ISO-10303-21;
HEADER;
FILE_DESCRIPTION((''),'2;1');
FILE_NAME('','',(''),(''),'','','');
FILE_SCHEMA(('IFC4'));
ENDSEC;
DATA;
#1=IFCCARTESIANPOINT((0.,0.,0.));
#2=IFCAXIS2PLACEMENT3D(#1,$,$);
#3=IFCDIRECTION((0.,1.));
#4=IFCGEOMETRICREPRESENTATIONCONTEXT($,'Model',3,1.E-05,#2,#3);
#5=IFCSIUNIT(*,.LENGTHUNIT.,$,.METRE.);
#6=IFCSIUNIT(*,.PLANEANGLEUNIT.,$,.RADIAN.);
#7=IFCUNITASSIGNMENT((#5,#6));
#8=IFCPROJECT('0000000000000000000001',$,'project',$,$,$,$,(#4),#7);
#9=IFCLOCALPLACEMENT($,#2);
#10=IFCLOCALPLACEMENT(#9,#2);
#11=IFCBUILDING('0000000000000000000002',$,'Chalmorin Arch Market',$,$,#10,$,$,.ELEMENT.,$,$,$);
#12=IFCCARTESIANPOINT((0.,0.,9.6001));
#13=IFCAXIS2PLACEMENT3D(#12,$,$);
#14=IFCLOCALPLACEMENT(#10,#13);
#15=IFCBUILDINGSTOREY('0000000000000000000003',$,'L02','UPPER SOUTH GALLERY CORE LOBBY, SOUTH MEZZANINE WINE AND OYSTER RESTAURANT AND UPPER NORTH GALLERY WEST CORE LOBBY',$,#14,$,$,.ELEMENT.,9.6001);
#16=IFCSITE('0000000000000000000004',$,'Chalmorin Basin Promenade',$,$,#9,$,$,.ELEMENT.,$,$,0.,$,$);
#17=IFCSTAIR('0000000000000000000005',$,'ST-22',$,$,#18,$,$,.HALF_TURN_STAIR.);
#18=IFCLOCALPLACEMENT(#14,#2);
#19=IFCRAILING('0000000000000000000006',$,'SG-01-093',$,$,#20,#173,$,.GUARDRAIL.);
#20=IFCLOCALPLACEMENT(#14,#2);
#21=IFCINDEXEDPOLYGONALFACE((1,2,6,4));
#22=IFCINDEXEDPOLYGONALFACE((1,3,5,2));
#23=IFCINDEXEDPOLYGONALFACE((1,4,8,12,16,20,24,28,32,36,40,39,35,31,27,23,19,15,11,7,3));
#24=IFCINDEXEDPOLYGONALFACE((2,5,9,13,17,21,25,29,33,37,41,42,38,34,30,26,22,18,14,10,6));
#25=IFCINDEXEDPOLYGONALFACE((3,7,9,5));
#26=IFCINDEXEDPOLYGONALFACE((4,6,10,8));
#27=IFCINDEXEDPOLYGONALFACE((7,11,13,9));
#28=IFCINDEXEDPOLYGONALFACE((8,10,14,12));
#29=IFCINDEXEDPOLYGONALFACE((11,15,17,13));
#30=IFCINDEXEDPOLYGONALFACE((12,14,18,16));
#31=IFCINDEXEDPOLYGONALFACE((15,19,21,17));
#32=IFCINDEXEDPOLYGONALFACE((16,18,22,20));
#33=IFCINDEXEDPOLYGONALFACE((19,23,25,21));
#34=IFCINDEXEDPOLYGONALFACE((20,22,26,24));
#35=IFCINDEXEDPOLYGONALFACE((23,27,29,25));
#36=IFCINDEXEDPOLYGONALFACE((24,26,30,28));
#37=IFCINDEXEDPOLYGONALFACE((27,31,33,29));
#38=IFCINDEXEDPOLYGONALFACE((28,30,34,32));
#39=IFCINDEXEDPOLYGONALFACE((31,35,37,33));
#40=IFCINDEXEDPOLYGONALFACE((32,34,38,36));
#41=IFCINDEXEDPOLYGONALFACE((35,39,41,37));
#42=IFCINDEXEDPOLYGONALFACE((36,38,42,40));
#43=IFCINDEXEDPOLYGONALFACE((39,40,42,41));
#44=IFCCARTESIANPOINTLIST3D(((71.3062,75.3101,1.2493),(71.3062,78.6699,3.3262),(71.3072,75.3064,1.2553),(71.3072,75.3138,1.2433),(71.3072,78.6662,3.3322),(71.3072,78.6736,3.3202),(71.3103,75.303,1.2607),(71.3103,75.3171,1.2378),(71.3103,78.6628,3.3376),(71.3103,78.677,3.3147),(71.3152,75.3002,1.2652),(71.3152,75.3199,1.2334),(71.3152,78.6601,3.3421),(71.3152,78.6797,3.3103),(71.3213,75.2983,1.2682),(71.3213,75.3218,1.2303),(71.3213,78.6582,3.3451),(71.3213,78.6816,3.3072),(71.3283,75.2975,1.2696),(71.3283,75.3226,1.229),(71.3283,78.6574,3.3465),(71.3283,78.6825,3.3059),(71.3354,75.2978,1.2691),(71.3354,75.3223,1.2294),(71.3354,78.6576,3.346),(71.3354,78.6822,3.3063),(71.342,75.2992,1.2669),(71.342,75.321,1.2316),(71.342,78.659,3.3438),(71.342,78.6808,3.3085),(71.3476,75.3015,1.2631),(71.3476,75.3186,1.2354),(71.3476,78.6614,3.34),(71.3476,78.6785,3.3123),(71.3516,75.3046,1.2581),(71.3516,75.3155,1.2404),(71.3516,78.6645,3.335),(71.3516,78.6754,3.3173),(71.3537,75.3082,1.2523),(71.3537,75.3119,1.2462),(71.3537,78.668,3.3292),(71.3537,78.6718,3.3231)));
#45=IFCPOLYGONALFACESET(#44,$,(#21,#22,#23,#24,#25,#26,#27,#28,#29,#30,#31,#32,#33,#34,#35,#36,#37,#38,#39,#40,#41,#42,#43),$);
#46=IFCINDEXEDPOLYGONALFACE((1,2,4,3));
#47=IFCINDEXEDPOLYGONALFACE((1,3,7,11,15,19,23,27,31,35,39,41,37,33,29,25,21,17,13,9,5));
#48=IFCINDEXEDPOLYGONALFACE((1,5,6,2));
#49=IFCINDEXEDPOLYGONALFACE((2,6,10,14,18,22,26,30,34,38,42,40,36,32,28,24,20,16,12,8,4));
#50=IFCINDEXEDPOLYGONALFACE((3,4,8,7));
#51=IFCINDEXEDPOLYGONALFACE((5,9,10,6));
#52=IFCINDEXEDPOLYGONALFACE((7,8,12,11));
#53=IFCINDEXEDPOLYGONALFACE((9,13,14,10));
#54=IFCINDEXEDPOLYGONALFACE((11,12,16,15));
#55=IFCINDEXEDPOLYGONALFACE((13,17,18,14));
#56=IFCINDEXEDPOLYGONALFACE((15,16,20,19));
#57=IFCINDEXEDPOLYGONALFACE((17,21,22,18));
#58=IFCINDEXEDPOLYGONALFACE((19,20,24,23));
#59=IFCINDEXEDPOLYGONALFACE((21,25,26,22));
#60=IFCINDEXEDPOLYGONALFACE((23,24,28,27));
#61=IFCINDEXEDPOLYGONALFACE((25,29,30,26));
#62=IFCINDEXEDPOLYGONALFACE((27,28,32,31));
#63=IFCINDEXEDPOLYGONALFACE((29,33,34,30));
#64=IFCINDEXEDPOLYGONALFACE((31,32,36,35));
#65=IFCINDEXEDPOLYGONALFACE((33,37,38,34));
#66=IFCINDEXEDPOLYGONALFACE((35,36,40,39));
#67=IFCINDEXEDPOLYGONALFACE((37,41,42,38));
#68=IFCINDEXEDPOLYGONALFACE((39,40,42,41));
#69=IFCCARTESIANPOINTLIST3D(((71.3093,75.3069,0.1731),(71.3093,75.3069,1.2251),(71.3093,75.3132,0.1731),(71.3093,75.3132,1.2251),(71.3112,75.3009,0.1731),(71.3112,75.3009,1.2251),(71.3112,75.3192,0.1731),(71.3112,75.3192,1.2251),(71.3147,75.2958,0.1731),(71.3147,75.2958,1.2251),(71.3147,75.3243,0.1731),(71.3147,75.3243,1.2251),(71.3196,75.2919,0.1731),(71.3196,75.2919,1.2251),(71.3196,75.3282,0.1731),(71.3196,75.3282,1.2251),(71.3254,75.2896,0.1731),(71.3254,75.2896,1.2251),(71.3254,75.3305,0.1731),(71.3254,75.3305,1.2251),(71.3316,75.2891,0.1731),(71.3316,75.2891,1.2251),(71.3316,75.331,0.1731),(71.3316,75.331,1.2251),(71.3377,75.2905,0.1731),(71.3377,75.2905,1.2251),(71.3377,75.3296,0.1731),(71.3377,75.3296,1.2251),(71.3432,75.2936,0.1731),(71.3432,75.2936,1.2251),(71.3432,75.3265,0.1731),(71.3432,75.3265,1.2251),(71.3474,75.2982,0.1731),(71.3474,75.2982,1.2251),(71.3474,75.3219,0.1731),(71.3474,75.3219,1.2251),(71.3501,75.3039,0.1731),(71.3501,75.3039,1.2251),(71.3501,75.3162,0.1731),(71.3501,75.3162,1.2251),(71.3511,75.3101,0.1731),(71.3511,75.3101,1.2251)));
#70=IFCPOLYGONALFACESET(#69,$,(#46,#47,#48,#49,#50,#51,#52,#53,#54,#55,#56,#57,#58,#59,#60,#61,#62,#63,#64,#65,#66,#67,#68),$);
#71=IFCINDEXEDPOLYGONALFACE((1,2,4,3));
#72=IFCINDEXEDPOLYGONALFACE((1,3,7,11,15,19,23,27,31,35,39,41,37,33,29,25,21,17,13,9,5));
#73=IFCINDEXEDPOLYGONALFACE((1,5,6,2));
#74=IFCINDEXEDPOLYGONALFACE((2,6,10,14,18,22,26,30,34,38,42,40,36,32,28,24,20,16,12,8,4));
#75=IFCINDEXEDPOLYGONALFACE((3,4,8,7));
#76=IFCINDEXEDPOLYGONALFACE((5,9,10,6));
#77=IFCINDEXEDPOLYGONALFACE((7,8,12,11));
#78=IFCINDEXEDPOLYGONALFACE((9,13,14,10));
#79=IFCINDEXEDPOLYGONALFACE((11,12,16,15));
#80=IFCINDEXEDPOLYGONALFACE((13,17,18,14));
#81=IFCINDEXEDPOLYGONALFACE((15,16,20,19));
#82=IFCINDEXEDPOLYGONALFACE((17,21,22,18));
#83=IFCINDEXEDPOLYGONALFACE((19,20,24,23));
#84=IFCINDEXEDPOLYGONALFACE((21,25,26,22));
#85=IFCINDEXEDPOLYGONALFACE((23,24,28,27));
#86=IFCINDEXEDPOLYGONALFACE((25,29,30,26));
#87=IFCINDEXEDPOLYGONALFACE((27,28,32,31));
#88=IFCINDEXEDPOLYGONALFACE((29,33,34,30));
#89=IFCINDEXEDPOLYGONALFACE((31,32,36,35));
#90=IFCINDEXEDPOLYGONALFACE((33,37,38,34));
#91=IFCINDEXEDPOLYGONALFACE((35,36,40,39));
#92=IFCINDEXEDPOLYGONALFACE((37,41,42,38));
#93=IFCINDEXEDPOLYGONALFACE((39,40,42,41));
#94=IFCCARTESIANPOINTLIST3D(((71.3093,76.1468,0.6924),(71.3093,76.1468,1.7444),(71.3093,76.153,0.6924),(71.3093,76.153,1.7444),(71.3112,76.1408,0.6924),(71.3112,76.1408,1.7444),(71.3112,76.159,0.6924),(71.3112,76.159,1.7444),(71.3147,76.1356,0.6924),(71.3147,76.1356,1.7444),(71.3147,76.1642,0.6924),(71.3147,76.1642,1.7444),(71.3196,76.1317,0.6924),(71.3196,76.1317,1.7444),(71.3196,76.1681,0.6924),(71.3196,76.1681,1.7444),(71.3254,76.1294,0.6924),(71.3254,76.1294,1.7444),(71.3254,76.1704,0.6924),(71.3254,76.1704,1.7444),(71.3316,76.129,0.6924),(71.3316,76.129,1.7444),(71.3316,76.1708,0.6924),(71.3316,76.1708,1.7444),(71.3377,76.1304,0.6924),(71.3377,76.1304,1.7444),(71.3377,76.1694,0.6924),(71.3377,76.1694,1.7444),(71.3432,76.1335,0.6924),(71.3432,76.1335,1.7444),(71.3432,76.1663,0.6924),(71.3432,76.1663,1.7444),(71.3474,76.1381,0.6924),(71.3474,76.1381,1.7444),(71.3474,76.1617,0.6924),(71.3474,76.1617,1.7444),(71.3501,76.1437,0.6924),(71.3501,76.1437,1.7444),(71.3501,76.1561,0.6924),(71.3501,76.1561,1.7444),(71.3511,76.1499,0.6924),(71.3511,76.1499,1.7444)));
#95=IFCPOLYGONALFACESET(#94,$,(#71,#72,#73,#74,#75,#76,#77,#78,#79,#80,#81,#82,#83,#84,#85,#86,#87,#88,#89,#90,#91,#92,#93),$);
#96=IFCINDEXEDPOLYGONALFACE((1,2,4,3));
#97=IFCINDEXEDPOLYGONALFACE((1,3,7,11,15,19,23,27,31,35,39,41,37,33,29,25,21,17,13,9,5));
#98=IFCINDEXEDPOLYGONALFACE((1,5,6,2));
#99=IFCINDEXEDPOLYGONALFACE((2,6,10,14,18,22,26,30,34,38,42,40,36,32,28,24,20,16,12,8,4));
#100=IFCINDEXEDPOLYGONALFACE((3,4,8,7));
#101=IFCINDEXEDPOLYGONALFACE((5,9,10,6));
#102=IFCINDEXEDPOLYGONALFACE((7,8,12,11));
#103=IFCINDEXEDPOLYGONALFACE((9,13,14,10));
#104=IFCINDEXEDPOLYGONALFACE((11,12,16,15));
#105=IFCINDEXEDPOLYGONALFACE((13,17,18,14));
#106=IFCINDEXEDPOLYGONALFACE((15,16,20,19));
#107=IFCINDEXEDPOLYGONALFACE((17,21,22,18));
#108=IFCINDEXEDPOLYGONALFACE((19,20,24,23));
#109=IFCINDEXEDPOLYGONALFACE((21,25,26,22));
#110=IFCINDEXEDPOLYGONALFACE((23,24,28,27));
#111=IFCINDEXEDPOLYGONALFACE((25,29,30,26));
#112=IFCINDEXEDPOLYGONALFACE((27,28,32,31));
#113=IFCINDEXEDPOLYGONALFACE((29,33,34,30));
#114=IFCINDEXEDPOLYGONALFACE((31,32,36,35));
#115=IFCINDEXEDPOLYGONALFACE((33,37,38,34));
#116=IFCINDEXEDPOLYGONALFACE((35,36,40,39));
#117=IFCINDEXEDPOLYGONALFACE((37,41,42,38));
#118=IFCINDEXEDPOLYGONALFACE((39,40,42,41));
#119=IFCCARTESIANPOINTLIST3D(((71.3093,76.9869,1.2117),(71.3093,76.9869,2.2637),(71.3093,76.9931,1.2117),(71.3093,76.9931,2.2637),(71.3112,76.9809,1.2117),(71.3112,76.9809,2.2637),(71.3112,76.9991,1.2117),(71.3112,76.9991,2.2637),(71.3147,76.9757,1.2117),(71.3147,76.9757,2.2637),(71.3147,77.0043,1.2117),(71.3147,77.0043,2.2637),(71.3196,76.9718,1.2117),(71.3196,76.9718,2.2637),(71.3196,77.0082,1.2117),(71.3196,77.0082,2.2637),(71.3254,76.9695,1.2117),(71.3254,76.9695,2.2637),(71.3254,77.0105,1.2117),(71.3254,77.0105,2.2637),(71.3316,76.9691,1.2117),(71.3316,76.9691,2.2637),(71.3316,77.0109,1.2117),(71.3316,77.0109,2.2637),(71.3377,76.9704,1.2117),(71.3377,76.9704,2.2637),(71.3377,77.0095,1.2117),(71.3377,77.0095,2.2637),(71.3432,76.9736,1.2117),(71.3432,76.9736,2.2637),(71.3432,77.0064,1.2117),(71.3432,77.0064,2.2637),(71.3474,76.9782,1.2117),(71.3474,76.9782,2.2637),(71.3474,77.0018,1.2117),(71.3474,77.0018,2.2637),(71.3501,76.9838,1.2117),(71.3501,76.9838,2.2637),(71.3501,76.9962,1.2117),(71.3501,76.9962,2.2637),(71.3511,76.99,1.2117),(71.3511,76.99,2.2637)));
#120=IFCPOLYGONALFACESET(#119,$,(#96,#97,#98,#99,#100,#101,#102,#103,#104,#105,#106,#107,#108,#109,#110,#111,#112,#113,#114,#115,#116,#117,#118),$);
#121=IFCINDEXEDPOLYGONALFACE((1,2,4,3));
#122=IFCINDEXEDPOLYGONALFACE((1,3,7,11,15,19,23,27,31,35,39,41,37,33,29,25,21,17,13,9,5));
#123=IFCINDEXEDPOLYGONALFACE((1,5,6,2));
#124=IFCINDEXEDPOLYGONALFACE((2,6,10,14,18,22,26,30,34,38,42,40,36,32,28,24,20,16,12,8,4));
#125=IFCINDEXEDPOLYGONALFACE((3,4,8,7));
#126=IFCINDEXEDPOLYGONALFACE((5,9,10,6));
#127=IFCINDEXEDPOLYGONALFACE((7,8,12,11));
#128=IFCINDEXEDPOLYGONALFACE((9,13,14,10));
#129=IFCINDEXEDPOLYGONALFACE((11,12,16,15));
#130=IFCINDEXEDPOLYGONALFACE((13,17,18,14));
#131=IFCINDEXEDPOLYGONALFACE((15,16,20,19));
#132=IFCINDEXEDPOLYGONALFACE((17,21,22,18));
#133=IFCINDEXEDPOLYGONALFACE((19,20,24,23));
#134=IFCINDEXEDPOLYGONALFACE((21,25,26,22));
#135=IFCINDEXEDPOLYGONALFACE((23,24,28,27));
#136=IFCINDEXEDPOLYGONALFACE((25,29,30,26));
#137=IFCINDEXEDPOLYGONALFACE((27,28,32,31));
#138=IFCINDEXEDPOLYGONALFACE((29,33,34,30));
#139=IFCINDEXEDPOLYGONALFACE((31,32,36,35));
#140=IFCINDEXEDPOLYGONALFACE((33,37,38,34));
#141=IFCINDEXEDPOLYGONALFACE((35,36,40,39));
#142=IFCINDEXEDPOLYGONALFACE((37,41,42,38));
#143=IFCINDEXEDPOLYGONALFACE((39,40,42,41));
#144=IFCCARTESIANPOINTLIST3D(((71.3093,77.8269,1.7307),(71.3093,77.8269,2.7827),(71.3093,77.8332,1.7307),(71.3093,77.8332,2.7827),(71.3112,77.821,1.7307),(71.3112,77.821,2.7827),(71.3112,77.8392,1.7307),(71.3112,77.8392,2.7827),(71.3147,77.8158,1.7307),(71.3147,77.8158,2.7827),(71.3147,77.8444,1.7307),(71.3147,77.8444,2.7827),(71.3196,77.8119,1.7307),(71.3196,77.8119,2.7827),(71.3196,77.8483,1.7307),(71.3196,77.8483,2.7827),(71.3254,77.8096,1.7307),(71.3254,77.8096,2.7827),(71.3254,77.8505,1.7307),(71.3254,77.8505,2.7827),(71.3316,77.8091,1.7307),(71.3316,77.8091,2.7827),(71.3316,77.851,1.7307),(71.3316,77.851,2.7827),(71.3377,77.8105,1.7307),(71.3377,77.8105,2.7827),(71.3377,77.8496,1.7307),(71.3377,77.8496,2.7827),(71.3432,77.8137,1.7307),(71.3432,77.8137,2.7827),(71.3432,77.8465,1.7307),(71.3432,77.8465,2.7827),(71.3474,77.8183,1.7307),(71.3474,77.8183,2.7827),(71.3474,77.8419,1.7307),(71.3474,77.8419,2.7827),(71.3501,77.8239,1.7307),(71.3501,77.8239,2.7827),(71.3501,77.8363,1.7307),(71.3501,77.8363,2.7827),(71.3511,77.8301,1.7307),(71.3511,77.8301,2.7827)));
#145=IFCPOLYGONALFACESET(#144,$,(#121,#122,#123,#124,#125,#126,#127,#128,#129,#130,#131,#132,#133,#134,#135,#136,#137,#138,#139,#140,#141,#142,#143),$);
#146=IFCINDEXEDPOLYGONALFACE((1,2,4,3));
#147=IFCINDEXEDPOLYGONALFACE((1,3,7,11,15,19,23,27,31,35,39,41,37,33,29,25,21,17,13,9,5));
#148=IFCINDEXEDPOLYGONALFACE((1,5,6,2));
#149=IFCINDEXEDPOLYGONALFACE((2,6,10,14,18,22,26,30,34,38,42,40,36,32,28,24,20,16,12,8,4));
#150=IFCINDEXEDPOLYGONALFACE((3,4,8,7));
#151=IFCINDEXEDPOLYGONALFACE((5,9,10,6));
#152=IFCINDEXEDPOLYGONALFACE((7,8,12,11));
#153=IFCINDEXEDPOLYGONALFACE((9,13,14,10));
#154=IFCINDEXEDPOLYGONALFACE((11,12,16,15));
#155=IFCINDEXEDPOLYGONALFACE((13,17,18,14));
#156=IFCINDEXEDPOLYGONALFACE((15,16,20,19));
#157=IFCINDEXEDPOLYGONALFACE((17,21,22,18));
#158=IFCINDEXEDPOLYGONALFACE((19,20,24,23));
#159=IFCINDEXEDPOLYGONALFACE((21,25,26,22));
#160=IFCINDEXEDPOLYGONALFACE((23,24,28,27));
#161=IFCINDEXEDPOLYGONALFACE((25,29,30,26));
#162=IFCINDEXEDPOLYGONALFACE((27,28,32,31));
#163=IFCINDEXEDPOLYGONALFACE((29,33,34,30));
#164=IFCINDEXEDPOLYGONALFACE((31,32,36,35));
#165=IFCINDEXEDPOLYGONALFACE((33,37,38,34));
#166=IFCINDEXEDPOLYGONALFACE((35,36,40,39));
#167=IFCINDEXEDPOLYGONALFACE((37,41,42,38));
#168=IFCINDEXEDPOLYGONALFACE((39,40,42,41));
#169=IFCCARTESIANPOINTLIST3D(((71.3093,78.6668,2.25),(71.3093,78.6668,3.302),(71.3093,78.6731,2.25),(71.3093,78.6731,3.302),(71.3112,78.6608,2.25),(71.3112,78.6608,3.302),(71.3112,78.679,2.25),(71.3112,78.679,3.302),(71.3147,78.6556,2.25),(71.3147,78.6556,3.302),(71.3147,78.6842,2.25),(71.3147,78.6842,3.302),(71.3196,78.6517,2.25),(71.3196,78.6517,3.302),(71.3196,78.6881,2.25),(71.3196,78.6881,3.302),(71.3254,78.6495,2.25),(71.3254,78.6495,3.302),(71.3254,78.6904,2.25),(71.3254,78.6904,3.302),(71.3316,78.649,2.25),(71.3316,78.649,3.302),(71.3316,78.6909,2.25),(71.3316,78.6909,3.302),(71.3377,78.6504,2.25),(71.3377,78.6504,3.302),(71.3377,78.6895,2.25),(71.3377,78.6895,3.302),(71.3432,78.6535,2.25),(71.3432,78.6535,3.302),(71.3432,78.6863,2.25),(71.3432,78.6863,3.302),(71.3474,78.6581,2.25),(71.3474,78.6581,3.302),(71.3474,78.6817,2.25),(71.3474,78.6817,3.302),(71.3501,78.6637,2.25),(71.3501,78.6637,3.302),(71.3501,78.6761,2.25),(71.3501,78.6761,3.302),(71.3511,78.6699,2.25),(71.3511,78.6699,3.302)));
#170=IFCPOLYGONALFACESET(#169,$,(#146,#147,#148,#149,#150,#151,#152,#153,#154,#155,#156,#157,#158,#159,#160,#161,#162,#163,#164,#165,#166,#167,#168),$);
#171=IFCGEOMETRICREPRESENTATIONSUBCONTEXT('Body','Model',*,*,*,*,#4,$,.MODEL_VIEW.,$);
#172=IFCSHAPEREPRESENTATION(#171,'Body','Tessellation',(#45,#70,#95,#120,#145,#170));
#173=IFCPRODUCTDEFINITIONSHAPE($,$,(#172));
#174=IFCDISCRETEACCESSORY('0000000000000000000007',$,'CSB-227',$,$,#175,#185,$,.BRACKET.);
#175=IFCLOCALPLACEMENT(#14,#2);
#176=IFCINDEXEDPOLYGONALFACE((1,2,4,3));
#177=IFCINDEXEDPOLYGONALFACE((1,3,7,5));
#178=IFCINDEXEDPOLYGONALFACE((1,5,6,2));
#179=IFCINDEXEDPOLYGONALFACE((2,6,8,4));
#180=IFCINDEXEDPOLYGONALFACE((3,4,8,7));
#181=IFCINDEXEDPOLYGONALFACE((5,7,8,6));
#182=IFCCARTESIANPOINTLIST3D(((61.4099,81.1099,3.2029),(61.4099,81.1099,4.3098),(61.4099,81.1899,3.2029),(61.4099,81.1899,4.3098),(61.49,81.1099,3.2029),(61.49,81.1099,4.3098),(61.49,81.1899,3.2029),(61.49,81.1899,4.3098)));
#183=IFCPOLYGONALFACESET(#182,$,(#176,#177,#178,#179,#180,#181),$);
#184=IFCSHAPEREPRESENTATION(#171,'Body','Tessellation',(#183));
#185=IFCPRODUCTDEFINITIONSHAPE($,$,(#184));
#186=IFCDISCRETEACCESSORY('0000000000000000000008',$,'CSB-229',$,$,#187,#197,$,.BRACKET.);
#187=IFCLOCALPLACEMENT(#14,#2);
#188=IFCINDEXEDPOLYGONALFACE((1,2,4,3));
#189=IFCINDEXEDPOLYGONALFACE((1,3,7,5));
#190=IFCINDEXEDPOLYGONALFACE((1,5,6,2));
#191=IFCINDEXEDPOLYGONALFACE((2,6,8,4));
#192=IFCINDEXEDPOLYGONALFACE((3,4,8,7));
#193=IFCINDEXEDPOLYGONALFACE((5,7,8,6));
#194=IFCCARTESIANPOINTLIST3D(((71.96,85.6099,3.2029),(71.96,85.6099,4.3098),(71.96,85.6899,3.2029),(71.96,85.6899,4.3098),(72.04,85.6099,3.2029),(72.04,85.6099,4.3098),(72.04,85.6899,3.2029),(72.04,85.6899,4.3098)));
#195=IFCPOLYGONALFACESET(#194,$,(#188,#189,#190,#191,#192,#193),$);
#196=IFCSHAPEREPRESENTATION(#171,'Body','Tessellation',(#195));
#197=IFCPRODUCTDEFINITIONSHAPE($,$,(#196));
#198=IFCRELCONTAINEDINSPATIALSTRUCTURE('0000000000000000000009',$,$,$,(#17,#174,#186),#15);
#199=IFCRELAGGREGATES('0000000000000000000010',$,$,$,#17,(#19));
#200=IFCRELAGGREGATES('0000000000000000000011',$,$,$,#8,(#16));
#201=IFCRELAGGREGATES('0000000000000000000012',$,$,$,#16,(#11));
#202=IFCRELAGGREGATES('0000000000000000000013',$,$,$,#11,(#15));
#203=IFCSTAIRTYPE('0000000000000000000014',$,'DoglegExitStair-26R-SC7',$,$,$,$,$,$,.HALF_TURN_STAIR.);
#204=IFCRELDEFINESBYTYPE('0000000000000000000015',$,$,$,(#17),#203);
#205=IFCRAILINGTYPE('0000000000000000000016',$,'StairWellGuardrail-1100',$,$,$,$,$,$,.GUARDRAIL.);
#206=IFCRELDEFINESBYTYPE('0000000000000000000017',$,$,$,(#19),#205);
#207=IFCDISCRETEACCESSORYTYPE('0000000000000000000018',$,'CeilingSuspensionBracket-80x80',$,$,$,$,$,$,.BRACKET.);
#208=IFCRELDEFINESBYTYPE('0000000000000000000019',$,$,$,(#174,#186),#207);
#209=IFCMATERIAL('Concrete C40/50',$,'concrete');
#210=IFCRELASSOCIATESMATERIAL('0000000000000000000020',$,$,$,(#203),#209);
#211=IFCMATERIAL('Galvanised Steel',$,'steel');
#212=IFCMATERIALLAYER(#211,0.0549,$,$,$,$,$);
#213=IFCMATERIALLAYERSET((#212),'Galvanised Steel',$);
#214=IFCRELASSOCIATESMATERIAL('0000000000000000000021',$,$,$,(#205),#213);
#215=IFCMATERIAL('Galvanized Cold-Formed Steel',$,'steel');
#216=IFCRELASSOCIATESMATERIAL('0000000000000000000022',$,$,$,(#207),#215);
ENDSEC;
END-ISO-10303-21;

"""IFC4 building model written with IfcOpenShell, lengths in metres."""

from ifc_helpers import new_model, si_unit, direction, frame, origin, origin_2d, place, context, subcontext, project, spatial, rectangle, circle, extrude, material, layer, layer_set, type_object, element, aggregate, save


model = new_model("IFC4")

# Units and contexts
model_context = context("Model", 3, precision=1e-05, world=origin(), true_north=direction((0.0, 1.0)))
body_context = subcontext(model_context, "Body", "Model", "MODEL_VIEW")
ifc_project = project(units=[si_unit("LENGTHUNIT", "METRE"), si_unit("PLANEANGLEUNIT", "RADIAN")], contexts=[model_context])

# Site, building, storey
site_placement = place(None, origin())
site = spatial("IfcSite", under=ifc_project, at=site_placement, Name="Chalmorin Basin Promenade", CompositionType="ELEMENT", RefElevation=0.0)
building_placement = place(site_placement, origin())
building = spatial("IfcBuilding", under=site, at=building_placement, Name="Chalmorin Arch Market", CompositionType="ELEMENT")
storey_placement = place(building_placement, frame((0.0, 0.0, 9.6001)))
storey = spatial("IfcBuildingStorey", under=building, at=storey_placement, Name="L02", Description="UPPER SOUTH GALLERY CORE LOBBY, SOUTH MEZZANINE WINE AND OYSTER RESTAURANT AND UPPER NORTH GALLERY WEST CORE LOBBY", CompositionType="ELEMENT", Elevation=9.6001)

# Shared definitions
ifc_material_1 = material(Name="Concrete C40/50", Category="concrete")

# Stair, railing
stair_type = type_object("IfcStairType", Name="DoglegExitStair-26R-SC7", PredefinedType="HALF_TURN_STAIR", material=ifc_material_1)
stair_placement = place(storey_placement, origin())
stair = element("IfcStair", 1, at=stair_placement, inside=storey, type_object=stair_type, Name="ST-22", PredefinedType="HALF_TURN_STAIR")
ifc_material_2 = material(Name="Galvanised Steel", Category="steel")
ifc_layer_1 = layer(ifc_material_2, 0.0549)
ifc_layer_set_1 = layer_set([ifc_layer_1], Name="Galvanised Steel")
railing_type_1 = type_object("IfcRailingType", Name="StairWellGuardrail-1100", PredefinedType="GUARDRAIL", material=ifc_layer_set_1)
railing_1_placement = place(storey_placement, frame((71.3301, 75.3101, 0.1731)))
railing_1 = element("IfcRailing", 2, at=railing_1_placement, type_object=railing_type_1, Name="SG-01-093", PredefinedType="GUARDRAIL", context=body_context, shape_type="SweptSolid", body=[
    extrude(circle(Radius=0.0239, at=origin_2d()), frame((0.0, 0.0, 1.0762), z_axis=(0.0, 0.850606, 0.525803), x_axis=(-1.0, 0.0, 0.0)), (0.0, 0.0, 1.0), 3.95),
    extrude(circle(Radius=0.021, at=origin_2d()), origin(), (0.0, 0.0, 1.0), 1.052),
    extrude(circle(Radius=0.021, at=origin_2d()), frame((0.0, 0.8398, 0.5193)), (0.0, 0.0, 1.0), 1.052),
    extrude(circle(Radius=0.021, at=origin_2d()), frame((0.0, 1.6799, 1.0386)), (0.0, 0.0, 1.0), 1.052),
    extrude(circle(Radius=0.021, at=origin_2d()), frame((0.0, 2.52, 1.5576)), (0.0, 0.0, 1.0), 1.052),
    extrude(circle(Radius=0.021, at=origin_2d()), frame((0.0, 3.3599, 2.0769)), (0.0, 0.0, 1.0), 1.052),
])
aggregate(stair, [railing_1])

# Discrete accessories
ifc_material_3 = material(Name="Galvanized Cold-Formed Steel", Category="steel")
discrete_accessory_type = type_object("IfcDiscreteAccessoryType", Name="CeilingSuspensionBracket-80x80", PredefinedType="BRACKET", material=ifc_material_3)
for number, where, z_axis, x_axis, name in (
    (3, (61.45, 81.1499, 3.2029), (0.0, 0.0, 1.0), (1.0, 0.0, 0.0), "CSB-227"),
    (4, (72.0, 85.6499, 3.2029), (0.0, 0.0, 1.0), (1.0, 0.0, 0.0), "CSB-229"),
):
    element("IfcDiscreteAccessory", number, at=place(storey_placement, frame(where, z_axis=z_axis, x_axis=x_axis)), inside=storey, type_object=discrete_accessory_type, Name=name, PredefinedType="BRACKET", context=body_context, shape_type="SweptSolid", body=[
        extrude(rectangle(XDim=0.0801, YDim=0.0801, at=origin_2d()), origin(), (0.0, 0.0, 1.0), 1.1069),
    ])

save(model, "model.ifc")
